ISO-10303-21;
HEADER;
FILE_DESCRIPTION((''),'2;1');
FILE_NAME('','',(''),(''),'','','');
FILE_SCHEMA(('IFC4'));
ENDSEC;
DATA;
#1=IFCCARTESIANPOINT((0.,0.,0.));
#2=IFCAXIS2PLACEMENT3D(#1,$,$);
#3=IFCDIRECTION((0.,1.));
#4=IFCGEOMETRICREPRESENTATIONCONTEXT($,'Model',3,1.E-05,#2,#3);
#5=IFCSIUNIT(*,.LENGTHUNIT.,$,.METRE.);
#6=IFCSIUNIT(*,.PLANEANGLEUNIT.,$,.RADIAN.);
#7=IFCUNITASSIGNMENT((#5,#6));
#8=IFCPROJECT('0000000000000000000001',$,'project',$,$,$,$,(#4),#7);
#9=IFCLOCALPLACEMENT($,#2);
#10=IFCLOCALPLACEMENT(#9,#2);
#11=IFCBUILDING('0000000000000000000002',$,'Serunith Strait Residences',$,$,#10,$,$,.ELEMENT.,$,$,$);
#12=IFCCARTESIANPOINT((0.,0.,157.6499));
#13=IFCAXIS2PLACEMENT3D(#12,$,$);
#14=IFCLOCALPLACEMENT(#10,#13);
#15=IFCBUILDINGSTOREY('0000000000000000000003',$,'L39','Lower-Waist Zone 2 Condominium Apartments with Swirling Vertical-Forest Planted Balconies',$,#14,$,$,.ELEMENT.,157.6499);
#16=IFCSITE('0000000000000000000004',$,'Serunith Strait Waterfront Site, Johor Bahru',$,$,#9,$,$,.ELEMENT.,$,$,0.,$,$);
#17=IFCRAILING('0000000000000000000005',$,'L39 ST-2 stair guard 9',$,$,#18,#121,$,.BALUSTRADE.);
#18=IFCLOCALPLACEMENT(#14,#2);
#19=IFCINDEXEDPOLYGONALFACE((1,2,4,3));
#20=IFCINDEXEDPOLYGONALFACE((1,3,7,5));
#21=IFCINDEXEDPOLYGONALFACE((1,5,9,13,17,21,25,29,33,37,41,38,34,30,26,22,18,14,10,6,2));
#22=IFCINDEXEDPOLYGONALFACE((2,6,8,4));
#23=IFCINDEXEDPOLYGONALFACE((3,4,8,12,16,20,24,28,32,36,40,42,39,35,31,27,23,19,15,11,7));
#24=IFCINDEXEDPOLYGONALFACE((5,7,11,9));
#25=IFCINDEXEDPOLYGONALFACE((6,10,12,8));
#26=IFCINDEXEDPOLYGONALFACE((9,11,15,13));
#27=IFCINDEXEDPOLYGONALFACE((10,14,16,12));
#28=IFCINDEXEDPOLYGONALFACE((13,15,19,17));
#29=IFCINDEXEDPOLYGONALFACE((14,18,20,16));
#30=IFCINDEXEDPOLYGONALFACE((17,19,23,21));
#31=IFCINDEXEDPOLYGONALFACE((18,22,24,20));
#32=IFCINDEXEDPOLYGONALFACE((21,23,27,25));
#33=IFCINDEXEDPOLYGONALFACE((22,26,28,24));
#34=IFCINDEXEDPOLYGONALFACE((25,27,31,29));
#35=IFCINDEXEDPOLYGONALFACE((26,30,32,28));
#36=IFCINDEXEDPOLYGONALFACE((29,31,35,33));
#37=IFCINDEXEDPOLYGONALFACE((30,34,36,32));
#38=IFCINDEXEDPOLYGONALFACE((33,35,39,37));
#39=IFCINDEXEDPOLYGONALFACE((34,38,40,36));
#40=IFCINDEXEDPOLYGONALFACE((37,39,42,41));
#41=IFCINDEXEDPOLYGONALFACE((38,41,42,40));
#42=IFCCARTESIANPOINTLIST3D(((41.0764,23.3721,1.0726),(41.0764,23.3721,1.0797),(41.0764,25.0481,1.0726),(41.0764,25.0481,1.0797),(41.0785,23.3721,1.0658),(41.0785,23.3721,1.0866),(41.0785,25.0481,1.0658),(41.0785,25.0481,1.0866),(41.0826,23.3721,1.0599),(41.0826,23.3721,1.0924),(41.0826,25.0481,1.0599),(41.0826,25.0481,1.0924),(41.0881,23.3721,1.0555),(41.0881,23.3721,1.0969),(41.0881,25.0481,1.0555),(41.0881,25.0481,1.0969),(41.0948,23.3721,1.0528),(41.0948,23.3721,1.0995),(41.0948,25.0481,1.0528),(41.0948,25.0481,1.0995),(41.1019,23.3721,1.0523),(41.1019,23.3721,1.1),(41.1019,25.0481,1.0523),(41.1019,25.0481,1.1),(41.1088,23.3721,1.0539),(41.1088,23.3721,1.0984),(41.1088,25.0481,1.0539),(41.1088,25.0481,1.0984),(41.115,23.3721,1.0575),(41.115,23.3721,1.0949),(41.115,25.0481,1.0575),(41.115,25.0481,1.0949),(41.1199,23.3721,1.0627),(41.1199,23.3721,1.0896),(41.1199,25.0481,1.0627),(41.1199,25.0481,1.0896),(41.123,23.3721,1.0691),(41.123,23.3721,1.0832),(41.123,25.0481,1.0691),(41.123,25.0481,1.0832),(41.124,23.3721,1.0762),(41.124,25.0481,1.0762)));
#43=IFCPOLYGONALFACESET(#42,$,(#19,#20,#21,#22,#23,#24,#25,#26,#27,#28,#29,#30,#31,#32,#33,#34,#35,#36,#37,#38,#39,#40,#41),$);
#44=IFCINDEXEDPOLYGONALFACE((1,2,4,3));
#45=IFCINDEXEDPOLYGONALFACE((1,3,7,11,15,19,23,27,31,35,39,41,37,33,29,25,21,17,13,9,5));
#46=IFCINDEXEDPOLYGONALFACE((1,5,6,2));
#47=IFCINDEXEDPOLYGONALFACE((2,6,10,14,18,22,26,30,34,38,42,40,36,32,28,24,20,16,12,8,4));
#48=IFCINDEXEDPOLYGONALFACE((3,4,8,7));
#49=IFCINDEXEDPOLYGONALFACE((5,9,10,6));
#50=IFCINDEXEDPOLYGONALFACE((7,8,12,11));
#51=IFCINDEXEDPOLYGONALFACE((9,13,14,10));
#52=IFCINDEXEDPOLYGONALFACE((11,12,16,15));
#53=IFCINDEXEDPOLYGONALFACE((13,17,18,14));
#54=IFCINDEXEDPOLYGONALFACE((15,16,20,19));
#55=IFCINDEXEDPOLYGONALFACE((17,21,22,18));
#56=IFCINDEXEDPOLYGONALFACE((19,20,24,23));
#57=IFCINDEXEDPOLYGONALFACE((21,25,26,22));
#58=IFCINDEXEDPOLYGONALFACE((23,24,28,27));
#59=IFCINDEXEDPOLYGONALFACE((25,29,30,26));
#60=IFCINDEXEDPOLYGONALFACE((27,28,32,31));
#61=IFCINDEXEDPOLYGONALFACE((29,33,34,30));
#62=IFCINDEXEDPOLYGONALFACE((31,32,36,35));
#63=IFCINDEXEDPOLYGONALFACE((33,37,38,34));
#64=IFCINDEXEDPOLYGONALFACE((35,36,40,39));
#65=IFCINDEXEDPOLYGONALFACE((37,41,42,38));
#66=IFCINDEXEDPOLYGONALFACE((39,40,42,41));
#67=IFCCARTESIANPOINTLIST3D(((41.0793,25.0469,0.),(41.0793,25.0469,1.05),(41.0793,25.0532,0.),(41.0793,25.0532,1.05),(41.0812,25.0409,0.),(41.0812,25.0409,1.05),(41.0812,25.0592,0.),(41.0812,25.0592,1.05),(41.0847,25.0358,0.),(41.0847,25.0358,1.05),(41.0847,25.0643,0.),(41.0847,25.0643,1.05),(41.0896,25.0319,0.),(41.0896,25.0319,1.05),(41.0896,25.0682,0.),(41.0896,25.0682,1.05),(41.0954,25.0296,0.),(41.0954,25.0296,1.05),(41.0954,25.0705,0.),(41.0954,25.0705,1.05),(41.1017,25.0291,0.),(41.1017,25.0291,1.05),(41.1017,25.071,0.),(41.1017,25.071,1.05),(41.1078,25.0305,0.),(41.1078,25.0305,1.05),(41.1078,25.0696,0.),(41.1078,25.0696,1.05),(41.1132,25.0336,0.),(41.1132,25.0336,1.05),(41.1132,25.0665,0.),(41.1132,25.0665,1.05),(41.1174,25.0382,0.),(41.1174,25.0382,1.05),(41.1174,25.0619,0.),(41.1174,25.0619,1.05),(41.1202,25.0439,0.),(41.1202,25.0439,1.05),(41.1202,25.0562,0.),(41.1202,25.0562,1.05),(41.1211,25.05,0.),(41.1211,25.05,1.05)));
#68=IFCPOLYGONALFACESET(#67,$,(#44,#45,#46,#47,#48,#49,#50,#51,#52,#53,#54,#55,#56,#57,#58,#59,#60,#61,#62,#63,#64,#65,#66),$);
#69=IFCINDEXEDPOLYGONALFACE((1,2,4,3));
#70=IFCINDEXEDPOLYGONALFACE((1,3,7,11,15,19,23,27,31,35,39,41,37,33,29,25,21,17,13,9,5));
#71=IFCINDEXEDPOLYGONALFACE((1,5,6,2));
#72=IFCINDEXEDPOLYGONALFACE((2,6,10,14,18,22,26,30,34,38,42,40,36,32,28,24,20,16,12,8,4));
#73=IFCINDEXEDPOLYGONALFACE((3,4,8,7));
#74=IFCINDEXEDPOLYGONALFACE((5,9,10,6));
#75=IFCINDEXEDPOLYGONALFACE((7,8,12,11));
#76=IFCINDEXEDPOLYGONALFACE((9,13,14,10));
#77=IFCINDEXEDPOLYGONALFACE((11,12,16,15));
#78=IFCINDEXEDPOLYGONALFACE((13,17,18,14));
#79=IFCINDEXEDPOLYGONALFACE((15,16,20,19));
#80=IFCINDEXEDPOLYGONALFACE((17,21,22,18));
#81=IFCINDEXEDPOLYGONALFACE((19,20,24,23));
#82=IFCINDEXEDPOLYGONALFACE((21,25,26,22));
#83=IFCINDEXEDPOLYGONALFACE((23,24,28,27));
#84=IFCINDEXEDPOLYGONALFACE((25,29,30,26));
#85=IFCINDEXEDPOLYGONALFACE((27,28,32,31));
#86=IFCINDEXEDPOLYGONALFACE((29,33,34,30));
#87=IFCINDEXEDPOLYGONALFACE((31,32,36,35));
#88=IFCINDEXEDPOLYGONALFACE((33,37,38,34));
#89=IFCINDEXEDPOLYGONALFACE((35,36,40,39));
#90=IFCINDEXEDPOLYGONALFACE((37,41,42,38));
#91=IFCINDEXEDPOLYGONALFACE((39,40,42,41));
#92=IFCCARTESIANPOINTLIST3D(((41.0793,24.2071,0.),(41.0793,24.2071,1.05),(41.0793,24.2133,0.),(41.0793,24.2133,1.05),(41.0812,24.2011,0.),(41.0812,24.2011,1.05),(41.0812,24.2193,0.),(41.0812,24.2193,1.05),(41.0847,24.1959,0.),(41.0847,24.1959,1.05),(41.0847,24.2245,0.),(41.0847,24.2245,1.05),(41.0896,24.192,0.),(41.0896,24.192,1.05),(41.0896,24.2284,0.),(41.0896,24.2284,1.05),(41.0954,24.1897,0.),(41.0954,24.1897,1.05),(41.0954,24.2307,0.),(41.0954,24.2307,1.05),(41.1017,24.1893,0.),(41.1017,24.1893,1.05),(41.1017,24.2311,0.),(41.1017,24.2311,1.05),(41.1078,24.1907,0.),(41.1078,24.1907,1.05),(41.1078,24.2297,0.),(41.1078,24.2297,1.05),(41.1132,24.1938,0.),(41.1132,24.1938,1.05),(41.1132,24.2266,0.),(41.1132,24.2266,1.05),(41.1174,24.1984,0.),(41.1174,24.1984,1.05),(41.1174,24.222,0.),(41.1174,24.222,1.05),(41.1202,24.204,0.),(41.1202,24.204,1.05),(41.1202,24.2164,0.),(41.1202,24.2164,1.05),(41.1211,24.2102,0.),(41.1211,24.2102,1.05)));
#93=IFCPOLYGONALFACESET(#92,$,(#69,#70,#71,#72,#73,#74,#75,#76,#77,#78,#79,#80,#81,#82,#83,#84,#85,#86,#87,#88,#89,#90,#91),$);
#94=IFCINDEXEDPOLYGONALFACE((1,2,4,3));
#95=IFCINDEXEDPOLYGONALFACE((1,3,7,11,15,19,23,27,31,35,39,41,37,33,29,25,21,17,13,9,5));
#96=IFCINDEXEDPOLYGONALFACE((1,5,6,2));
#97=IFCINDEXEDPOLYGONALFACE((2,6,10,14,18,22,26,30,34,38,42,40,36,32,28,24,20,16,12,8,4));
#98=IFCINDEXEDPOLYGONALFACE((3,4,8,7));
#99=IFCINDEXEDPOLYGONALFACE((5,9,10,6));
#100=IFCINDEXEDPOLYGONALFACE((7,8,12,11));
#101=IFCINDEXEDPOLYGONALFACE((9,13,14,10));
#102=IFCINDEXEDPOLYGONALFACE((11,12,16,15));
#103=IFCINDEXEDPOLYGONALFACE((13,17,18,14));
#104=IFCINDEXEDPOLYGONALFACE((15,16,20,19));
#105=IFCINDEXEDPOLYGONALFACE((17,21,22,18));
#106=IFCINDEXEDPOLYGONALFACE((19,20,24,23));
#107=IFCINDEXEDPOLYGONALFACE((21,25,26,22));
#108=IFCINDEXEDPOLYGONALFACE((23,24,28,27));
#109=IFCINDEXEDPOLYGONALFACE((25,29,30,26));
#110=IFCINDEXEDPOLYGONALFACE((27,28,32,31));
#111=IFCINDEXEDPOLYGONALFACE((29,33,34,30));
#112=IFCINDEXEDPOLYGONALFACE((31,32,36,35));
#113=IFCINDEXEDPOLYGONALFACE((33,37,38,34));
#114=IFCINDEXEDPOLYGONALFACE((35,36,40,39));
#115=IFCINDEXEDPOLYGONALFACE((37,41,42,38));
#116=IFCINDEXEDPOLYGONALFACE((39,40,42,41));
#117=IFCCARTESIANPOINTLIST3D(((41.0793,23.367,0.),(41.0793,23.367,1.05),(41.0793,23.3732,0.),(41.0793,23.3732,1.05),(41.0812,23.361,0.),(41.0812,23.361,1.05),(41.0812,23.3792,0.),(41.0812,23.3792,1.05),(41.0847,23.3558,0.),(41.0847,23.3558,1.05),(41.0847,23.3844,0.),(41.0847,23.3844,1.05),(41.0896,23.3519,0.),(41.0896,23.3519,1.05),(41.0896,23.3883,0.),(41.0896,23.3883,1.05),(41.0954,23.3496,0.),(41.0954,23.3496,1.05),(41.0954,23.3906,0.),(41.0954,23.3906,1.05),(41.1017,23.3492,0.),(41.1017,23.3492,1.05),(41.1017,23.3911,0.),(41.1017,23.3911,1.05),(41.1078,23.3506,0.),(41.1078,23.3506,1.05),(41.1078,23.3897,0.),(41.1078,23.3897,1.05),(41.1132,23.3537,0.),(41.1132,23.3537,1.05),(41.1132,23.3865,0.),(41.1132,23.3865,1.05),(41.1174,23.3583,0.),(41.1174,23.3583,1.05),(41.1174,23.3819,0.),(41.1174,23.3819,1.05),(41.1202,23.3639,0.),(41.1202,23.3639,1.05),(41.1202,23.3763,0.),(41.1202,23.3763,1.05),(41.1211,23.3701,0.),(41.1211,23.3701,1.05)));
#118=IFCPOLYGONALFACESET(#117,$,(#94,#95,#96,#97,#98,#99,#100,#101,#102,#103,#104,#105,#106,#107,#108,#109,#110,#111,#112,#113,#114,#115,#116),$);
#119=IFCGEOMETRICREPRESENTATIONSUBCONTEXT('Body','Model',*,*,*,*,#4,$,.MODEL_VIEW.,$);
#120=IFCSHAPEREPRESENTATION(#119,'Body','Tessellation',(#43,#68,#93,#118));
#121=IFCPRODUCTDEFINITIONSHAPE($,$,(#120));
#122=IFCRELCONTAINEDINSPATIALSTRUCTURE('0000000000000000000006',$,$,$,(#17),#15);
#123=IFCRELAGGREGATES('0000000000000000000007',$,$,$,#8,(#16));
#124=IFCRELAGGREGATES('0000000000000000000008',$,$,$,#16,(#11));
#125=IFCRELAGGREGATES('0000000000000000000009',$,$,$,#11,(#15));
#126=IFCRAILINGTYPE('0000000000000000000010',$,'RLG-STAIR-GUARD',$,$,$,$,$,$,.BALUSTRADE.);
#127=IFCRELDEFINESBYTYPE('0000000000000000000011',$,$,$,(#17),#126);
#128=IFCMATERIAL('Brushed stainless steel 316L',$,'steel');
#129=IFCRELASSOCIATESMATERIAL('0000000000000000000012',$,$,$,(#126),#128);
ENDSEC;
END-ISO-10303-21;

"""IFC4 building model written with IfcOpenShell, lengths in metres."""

from ifc_helpers import new_model, si_unit, direction, frame, origin, origin_2d, place, context, subcontext, project, spatial, circle, extrude, material, type_object, element, save


model = new_model("IFC4")

# Units and contexts
model_context = context("Model", 3, precision=1e-05, world=origin(), true_north=direction((0.0, 1.0)))
body_context = subcontext(model_context, "Body", "Model", "MODEL_VIEW")
ifc_project = project(units=[si_unit("LENGTHUNIT", "METRE"), si_unit("PLANEANGLEUNIT", "RADIAN")], contexts=[model_context])

# Site, building, storey
site_placement = place(None, origin())
site = spatial("IfcSite", under=ifc_project, at=site_placement, Name="Serunith Strait Waterfront Site, Johor Bahru", CompositionType="ELEMENT", RefElevation=0.0)
building_placement = place(site_placement, origin())
building = spatial("IfcBuilding", under=site, at=building_placement, Name="Serunith Strait Residences", CompositionType="ELEMENT")
storey_placement = place(building_placement, frame((0.0, 0.0, 157.6499)))
storey = spatial("IfcBuildingStorey", under=building, at=storey_placement, Name="L39", Description="Lower-Waist Zone 2 Condominium Apartments with Swirling Vertical-Forest Planted Balconies", CompositionType="ELEMENT", Elevation=157.6499)

# Railing
ifc_material_1 = material(Name="Brushed stainless steel 316L", Category="steel")
railing_type = type_object("IfcRailingType", Name="RLG-STAIR-GUARD", PredefinedType="BALUSTRADE", material=ifc_material_1)
for number, where, name in (
    (1, (41.1001, 25.05, 0.0), "L39 ST-2 stair guard 9"),
):
    element("IfcRailing", number, at=place(storey_placement, frame(where)), inside=storey, type_object=railing_type, Name=name, PredefinedType="BALUSTRADE", context=body_context, shape_type="SweptSolid", body=[
        extrude(circle(Radius=0.0239, at=origin_2d()), frame((0.0, -0.002, 1.0762), z_axis=(0.0, -1.0, 0.0), x_axis=(1.0, 0.0, 0.0)), (0.0, 0.0, 1.0), 1.676),
        extrude(circle(Radius=0.021, at=origin_2d()), origin(), (0.0, 0.0, 1.0), 1.05),
        extrude(circle(Radius=0.021, at=origin_2d()), frame((0.0, -0.8398, 0.0)), (0.0, 0.0, 1.0), 1.05),
        extrude(circle(Radius=0.021, at=origin_2d()), frame((0.0, -1.6799, 0.0)), (0.0, 0.0, 1.0), 1.05),
    ])

save(model, "model.ifc")
